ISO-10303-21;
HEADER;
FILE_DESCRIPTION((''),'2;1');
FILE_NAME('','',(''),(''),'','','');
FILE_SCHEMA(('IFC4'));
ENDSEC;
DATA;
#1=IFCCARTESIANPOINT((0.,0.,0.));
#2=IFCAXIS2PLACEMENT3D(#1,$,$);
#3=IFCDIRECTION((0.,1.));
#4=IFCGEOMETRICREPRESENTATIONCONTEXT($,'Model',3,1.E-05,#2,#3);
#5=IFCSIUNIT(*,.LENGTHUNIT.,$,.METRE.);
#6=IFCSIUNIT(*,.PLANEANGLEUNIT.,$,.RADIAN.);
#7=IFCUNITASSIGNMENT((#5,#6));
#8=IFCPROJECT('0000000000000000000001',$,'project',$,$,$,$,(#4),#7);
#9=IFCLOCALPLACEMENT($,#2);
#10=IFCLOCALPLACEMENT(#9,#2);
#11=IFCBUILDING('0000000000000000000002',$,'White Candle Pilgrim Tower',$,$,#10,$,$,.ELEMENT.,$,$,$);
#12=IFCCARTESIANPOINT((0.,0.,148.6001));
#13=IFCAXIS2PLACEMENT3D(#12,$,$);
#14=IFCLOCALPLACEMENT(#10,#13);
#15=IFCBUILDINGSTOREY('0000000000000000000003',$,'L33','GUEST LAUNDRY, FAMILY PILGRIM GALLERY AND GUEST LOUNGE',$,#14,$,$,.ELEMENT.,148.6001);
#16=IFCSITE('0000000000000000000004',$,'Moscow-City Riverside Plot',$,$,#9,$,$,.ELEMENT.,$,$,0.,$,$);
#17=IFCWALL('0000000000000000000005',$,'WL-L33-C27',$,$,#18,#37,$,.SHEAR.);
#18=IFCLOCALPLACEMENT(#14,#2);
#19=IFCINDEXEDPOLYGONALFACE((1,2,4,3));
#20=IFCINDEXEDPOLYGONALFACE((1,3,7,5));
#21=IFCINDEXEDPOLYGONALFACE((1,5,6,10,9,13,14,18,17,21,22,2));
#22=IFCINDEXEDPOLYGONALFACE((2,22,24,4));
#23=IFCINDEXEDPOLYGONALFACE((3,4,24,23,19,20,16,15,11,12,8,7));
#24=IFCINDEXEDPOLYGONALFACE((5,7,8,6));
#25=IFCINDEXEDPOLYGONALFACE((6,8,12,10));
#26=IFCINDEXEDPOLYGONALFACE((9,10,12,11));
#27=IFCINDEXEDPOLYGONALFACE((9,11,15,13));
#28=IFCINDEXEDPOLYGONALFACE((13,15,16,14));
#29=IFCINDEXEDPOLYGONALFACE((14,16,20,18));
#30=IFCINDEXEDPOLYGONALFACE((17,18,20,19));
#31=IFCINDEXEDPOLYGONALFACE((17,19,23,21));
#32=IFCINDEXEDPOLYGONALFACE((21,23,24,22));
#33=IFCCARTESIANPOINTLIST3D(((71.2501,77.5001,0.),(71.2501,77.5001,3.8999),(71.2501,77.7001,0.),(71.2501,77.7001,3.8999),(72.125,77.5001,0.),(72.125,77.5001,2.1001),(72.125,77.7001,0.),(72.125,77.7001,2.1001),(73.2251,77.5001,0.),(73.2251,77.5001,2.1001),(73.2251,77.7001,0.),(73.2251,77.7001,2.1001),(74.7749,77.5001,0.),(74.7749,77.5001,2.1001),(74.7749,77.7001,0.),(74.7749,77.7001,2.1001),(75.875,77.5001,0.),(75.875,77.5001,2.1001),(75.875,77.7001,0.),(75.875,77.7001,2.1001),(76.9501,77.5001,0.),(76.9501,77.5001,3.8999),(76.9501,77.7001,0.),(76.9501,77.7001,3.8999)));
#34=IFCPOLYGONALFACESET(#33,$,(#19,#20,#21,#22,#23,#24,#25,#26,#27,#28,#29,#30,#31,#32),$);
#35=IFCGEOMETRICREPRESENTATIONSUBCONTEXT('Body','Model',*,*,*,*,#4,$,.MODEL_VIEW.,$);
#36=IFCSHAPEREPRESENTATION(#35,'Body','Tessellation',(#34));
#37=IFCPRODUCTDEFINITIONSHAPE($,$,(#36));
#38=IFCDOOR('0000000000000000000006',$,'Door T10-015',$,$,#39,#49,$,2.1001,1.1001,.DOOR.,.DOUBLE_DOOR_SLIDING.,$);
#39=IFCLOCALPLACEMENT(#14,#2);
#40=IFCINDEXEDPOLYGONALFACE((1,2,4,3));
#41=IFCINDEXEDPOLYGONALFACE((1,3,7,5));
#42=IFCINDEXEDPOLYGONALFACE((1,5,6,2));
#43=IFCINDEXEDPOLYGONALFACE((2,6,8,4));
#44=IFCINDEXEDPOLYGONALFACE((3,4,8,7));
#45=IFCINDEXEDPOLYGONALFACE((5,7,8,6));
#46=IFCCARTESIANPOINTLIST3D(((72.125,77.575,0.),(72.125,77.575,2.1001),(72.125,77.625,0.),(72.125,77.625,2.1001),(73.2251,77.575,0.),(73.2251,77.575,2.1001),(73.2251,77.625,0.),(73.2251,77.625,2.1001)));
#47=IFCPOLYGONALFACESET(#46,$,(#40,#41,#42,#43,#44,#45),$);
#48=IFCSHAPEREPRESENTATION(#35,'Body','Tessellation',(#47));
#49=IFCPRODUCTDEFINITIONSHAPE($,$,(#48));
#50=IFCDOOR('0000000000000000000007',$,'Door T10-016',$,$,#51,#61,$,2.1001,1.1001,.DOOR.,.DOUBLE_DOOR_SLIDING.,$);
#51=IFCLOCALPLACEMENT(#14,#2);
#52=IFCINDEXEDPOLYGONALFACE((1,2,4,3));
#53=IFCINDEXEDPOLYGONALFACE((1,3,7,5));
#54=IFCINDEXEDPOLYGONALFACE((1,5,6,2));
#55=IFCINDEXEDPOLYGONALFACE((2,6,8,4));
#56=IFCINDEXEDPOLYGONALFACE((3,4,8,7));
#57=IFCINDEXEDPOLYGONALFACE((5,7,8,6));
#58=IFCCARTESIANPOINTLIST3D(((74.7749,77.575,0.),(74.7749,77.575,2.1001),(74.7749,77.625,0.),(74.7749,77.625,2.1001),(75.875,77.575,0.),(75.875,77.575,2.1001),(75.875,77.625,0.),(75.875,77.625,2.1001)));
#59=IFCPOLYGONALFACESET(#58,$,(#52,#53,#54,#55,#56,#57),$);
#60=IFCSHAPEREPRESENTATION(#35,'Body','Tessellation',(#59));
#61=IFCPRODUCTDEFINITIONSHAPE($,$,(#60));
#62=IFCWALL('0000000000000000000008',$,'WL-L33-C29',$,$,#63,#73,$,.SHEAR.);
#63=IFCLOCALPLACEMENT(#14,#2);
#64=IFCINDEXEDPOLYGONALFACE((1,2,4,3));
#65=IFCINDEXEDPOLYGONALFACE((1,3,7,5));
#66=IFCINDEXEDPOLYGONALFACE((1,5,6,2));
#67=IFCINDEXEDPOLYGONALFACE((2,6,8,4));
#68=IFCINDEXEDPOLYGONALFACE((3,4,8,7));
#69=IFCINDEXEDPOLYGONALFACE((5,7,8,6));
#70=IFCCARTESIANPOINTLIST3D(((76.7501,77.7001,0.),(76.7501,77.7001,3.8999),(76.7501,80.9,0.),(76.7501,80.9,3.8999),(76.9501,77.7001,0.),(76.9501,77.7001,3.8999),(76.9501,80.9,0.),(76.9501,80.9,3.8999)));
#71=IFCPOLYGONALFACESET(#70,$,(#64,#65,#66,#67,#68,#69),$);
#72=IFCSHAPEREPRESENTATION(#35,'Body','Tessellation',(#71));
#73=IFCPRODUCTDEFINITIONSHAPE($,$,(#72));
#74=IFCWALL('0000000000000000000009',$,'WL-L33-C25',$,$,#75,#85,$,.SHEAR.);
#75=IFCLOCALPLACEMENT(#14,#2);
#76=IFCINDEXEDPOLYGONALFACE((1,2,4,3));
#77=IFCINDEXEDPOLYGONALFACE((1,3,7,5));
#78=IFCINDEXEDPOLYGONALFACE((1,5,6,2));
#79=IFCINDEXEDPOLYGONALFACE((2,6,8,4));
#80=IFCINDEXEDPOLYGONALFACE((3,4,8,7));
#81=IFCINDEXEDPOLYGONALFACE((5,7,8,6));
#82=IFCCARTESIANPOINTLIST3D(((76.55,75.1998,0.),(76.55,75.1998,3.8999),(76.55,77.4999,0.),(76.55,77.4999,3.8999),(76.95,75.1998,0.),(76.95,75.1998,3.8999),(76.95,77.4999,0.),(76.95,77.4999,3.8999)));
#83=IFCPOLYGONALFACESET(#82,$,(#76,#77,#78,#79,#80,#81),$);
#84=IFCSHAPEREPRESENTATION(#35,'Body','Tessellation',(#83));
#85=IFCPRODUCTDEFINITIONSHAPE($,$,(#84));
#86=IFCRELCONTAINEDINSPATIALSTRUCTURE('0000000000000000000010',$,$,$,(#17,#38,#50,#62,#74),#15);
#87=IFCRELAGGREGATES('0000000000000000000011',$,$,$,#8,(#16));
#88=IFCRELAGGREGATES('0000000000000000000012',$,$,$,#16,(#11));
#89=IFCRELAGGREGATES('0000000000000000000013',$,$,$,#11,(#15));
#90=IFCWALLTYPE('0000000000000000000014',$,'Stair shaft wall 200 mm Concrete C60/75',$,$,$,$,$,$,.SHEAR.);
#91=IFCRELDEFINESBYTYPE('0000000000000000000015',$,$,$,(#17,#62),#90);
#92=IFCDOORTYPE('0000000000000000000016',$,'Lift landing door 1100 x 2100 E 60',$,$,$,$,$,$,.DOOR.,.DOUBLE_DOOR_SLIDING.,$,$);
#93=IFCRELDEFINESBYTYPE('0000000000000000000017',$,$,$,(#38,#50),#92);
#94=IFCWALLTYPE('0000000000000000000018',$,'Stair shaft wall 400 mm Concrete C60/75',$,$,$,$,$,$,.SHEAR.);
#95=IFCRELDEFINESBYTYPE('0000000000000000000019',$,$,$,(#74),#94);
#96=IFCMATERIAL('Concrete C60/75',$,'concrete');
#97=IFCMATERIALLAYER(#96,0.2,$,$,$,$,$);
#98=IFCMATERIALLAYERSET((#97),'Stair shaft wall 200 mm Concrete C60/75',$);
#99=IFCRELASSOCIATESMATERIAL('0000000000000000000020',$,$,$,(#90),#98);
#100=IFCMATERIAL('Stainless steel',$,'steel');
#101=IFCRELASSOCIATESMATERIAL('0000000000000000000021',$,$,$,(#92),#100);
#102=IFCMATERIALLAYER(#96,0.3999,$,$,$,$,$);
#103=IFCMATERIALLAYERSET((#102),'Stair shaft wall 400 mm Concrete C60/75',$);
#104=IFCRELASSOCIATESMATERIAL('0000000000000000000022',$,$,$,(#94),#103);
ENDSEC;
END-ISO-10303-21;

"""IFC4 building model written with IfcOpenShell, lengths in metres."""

from ifc_helpers import new_model, si_unit, direction, frame, frame_2d, origin, place, context, subcontext, project, spatial, rectangle, extrude, material, layer, layer_set, type_object, element, fill, save


model = new_model("IFC4")

# Units and contexts
model_context = context("Model", 3, precision=1e-05, world=origin(), true_north=direction((0.0, 1.0)))
body_context = subcontext(model_context, "Body", "Model", "MODEL_VIEW")
ifc_project = project(units=[si_unit("LENGTHUNIT", "METRE"), si_unit("PLANEANGLEUNIT", "RADIAN")], contexts=[model_context])

# Site, building, storey
site_placement = place(None, origin())
site = spatial("IfcSite", under=ifc_project, at=site_placement, Name="Moscow-City Riverside Plot", CompositionType="ELEMENT", RefElevation=0.0)
building_placement = place(site_placement, origin())
building = spatial("IfcBuilding", under=site, at=building_placement, Name="White Candle Pilgrim Tower", CompositionType="ELEMENT")
storey_placement = place(building_placement, frame((0.0, 0.0, 148.6001)))
storey = spatial("IfcBuildingStorey", under=building, at=storey_placement, Name="L33", Description="GUEST LAUNDRY, FAMILY PILGRIM GALLERY AND GUEST LOUNGE", CompositionType="ELEMENT", Elevation=148.6001)

# Shared definitions
ifc_material_1 = material(Name="Concrete C60/75", Category="concrete")

# Shared definitions
ifc_layer_1 = layer(ifc_material_1, 0.2)
ifc_layer_set_1 = layer_set([ifc_layer_1], Name="Stair shaft wall 200 mm Concrete C60/75")
wall_type_1 = type_object("IfcWallType", Name="Stair shaft wall 200 mm Concrete C60/75", PredefinedType="SHEAR", material=ifc_layer_set_1)

# Wall, openings, doors
wall_1_placement = place(storey_placement, frame((71.25, 77.6001, 0.0), z_axis=(0.0, 0.0, 1.0), x_axis=(1.0, 0.0, 0.0)))
wall_1 = element("IfcWall", 1, at=wall_1_placement, inside=storey, type_object=wall_type_1, Name="WL-L33-C27", PredefinedType="SHEAR", context=body_context, shape_type="SweptSolid", body=[
    extrude(rectangle(XDim=5.7, YDim=0.2, at=frame_2d((2.8501, 0.0))), origin(), (0.0, 0.0, 1.0), 3.8999),
])
opening_1_placement = place(wall_1_placement, frame((0.875, 0.0, 0.0)))
opening_1 = element("IfcOpeningElement", 2, at=opening_1_placement, cuts=wall_1, PredefinedType="OPENING", context=body_context, shape_type="SweptSolid", body=[
    extrude(rectangle(XDim=1.1001, YDim=2.1001, at=frame_2d((0.55, 1.05))), frame((0.0, 0.1099, 0.0), z_axis=(0.0, -1.0, 0.0), x_axis=(1.0, 0.0, 0.0)), (0.0, 0.0, 1.0), 0.22),
])
opening_2_placement = place(wall_1_placement, frame((3.5249, 0.0, 0.0)))
opening_2 = element("IfcOpeningElement", 3, at=opening_2_placement, cuts=wall_1, PredefinedType="OPENING", context=body_context, shape_type="SweptSolid", body=[
    extrude(rectangle(XDim=1.1001, YDim=2.1001, at=frame_2d((0.55, 1.05))), frame((0.0, 0.1099, 0.0), z_axis=(0.0, -1.0, 0.0), x_axis=(1.0, 0.0, 0.0)), (0.0, 0.0, 1.0), 0.22),
])
ifc_material_2 = material(Name="Stainless steel", Category="steel")
door_type_1 = type_object("IfcDoorType", Name="Lift landing door 1100 x 2100 E 60", OperationType="DOUBLE_DOOR_SLIDING", PredefinedType="DOOR", material=ifc_material_2)
door_1_placement = place(opening_1_placement, origin())
door_1 = element("IfcDoor", 4, at=door_1_placement, inside=storey, type_object=door_type_1, Name="Door T10-015", OperationType="DOUBLE_DOOR_SLIDING", OverallHeight=2.1001, OverallWidth=1.1001, PredefinedType="DOOR", context=body_context, shape_type="SweptSolid", body=[
    extrude(rectangle(XDim=1.1001, YDim=2.1001, at=frame_2d((0.55, 1.05))), frame((0.0, 0.0249, 0.0), z_axis=(0.0, -1.0, 0.0), x_axis=(1.0, 0.0, 0.0)), (0.0, 0.0, 1.0), 0.05),
])
fill(opening_1, door_1)
door_2_placement = place(opening_2_placement, origin())
door_2 = element("IfcDoor", 5, at=door_2_placement, inside=storey, type_object=door_type_1, Name="Door T10-016", OperationType="DOUBLE_DOOR_SLIDING", OverallHeight=2.1001, OverallWidth=1.1001, PredefinedType="DOOR", context=body_context, shape_type="SweptSolid", body=[
    extrude(rectangle(XDim=1.1001, YDim=2.1001, at=frame_2d((0.55, 1.05))), frame((0.0, 0.0249, 0.0), z_axis=(0.0, -1.0, 0.0), x_axis=(1.0, 0.0, 0.0)), (0.0, 0.0, 1.0), 0.05),
])
fill(opening_2, door_2)

# Walls
wall_2_placement = place(storey_placement, frame((76.8501, 77.7, 0.0), z_axis=(0.0, 0.0, 1.0), x_axis=(0.0, 1.0, 0.0)))
element("IfcWall", 6, at=wall_2_placement, inside=storey, type_object=wall_type_1, Name="WL-L33-C29", PredefinedType="SHEAR", context=body_context, shape_type="SweptSolid", body=[
    extrude(rectangle(XDim=3.2, YDim=0.2, at=frame_2d((1.6001, 0.0))), origin(), (0.0, 0.0, 1.0), 3.8999),
])
ifc_layer_2 = layer(ifc_material_1, 0.3999)
ifc_layer_set_2 = layer_set([ifc_layer_2], Name="Stair shaft wall 400 mm Concrete C60/75")
wall_type_2 = type_object("IfcWallType", Name="Stair shaft wall 400 mm Concrete C60/75", PredefinedType="SHEAR", material=ifc_layer_set_2)
wall_3_placement = place(storey_placement, frame((76.75, 75.2, 0.0), z_axis=(0.0, 0.0, 1.0), x_axis=(0.0, 1.0, 0.0)))
element("IfcWall", 7, at=wall_3_placement, inside=storey, type_object=wall_type_2, Name="WL-L33-C25", PredefinedType="SHEAR", context=body_context, shape_type="SweptSolid", body=[
    extrude(rectangle(XDim=2.3, YDim=0.3999, at=frame_2d((1.1499, 0.0))), origin(), (0.0, 0.0, 1.0), 3.8999),
])

save(model, "model.ifc")
